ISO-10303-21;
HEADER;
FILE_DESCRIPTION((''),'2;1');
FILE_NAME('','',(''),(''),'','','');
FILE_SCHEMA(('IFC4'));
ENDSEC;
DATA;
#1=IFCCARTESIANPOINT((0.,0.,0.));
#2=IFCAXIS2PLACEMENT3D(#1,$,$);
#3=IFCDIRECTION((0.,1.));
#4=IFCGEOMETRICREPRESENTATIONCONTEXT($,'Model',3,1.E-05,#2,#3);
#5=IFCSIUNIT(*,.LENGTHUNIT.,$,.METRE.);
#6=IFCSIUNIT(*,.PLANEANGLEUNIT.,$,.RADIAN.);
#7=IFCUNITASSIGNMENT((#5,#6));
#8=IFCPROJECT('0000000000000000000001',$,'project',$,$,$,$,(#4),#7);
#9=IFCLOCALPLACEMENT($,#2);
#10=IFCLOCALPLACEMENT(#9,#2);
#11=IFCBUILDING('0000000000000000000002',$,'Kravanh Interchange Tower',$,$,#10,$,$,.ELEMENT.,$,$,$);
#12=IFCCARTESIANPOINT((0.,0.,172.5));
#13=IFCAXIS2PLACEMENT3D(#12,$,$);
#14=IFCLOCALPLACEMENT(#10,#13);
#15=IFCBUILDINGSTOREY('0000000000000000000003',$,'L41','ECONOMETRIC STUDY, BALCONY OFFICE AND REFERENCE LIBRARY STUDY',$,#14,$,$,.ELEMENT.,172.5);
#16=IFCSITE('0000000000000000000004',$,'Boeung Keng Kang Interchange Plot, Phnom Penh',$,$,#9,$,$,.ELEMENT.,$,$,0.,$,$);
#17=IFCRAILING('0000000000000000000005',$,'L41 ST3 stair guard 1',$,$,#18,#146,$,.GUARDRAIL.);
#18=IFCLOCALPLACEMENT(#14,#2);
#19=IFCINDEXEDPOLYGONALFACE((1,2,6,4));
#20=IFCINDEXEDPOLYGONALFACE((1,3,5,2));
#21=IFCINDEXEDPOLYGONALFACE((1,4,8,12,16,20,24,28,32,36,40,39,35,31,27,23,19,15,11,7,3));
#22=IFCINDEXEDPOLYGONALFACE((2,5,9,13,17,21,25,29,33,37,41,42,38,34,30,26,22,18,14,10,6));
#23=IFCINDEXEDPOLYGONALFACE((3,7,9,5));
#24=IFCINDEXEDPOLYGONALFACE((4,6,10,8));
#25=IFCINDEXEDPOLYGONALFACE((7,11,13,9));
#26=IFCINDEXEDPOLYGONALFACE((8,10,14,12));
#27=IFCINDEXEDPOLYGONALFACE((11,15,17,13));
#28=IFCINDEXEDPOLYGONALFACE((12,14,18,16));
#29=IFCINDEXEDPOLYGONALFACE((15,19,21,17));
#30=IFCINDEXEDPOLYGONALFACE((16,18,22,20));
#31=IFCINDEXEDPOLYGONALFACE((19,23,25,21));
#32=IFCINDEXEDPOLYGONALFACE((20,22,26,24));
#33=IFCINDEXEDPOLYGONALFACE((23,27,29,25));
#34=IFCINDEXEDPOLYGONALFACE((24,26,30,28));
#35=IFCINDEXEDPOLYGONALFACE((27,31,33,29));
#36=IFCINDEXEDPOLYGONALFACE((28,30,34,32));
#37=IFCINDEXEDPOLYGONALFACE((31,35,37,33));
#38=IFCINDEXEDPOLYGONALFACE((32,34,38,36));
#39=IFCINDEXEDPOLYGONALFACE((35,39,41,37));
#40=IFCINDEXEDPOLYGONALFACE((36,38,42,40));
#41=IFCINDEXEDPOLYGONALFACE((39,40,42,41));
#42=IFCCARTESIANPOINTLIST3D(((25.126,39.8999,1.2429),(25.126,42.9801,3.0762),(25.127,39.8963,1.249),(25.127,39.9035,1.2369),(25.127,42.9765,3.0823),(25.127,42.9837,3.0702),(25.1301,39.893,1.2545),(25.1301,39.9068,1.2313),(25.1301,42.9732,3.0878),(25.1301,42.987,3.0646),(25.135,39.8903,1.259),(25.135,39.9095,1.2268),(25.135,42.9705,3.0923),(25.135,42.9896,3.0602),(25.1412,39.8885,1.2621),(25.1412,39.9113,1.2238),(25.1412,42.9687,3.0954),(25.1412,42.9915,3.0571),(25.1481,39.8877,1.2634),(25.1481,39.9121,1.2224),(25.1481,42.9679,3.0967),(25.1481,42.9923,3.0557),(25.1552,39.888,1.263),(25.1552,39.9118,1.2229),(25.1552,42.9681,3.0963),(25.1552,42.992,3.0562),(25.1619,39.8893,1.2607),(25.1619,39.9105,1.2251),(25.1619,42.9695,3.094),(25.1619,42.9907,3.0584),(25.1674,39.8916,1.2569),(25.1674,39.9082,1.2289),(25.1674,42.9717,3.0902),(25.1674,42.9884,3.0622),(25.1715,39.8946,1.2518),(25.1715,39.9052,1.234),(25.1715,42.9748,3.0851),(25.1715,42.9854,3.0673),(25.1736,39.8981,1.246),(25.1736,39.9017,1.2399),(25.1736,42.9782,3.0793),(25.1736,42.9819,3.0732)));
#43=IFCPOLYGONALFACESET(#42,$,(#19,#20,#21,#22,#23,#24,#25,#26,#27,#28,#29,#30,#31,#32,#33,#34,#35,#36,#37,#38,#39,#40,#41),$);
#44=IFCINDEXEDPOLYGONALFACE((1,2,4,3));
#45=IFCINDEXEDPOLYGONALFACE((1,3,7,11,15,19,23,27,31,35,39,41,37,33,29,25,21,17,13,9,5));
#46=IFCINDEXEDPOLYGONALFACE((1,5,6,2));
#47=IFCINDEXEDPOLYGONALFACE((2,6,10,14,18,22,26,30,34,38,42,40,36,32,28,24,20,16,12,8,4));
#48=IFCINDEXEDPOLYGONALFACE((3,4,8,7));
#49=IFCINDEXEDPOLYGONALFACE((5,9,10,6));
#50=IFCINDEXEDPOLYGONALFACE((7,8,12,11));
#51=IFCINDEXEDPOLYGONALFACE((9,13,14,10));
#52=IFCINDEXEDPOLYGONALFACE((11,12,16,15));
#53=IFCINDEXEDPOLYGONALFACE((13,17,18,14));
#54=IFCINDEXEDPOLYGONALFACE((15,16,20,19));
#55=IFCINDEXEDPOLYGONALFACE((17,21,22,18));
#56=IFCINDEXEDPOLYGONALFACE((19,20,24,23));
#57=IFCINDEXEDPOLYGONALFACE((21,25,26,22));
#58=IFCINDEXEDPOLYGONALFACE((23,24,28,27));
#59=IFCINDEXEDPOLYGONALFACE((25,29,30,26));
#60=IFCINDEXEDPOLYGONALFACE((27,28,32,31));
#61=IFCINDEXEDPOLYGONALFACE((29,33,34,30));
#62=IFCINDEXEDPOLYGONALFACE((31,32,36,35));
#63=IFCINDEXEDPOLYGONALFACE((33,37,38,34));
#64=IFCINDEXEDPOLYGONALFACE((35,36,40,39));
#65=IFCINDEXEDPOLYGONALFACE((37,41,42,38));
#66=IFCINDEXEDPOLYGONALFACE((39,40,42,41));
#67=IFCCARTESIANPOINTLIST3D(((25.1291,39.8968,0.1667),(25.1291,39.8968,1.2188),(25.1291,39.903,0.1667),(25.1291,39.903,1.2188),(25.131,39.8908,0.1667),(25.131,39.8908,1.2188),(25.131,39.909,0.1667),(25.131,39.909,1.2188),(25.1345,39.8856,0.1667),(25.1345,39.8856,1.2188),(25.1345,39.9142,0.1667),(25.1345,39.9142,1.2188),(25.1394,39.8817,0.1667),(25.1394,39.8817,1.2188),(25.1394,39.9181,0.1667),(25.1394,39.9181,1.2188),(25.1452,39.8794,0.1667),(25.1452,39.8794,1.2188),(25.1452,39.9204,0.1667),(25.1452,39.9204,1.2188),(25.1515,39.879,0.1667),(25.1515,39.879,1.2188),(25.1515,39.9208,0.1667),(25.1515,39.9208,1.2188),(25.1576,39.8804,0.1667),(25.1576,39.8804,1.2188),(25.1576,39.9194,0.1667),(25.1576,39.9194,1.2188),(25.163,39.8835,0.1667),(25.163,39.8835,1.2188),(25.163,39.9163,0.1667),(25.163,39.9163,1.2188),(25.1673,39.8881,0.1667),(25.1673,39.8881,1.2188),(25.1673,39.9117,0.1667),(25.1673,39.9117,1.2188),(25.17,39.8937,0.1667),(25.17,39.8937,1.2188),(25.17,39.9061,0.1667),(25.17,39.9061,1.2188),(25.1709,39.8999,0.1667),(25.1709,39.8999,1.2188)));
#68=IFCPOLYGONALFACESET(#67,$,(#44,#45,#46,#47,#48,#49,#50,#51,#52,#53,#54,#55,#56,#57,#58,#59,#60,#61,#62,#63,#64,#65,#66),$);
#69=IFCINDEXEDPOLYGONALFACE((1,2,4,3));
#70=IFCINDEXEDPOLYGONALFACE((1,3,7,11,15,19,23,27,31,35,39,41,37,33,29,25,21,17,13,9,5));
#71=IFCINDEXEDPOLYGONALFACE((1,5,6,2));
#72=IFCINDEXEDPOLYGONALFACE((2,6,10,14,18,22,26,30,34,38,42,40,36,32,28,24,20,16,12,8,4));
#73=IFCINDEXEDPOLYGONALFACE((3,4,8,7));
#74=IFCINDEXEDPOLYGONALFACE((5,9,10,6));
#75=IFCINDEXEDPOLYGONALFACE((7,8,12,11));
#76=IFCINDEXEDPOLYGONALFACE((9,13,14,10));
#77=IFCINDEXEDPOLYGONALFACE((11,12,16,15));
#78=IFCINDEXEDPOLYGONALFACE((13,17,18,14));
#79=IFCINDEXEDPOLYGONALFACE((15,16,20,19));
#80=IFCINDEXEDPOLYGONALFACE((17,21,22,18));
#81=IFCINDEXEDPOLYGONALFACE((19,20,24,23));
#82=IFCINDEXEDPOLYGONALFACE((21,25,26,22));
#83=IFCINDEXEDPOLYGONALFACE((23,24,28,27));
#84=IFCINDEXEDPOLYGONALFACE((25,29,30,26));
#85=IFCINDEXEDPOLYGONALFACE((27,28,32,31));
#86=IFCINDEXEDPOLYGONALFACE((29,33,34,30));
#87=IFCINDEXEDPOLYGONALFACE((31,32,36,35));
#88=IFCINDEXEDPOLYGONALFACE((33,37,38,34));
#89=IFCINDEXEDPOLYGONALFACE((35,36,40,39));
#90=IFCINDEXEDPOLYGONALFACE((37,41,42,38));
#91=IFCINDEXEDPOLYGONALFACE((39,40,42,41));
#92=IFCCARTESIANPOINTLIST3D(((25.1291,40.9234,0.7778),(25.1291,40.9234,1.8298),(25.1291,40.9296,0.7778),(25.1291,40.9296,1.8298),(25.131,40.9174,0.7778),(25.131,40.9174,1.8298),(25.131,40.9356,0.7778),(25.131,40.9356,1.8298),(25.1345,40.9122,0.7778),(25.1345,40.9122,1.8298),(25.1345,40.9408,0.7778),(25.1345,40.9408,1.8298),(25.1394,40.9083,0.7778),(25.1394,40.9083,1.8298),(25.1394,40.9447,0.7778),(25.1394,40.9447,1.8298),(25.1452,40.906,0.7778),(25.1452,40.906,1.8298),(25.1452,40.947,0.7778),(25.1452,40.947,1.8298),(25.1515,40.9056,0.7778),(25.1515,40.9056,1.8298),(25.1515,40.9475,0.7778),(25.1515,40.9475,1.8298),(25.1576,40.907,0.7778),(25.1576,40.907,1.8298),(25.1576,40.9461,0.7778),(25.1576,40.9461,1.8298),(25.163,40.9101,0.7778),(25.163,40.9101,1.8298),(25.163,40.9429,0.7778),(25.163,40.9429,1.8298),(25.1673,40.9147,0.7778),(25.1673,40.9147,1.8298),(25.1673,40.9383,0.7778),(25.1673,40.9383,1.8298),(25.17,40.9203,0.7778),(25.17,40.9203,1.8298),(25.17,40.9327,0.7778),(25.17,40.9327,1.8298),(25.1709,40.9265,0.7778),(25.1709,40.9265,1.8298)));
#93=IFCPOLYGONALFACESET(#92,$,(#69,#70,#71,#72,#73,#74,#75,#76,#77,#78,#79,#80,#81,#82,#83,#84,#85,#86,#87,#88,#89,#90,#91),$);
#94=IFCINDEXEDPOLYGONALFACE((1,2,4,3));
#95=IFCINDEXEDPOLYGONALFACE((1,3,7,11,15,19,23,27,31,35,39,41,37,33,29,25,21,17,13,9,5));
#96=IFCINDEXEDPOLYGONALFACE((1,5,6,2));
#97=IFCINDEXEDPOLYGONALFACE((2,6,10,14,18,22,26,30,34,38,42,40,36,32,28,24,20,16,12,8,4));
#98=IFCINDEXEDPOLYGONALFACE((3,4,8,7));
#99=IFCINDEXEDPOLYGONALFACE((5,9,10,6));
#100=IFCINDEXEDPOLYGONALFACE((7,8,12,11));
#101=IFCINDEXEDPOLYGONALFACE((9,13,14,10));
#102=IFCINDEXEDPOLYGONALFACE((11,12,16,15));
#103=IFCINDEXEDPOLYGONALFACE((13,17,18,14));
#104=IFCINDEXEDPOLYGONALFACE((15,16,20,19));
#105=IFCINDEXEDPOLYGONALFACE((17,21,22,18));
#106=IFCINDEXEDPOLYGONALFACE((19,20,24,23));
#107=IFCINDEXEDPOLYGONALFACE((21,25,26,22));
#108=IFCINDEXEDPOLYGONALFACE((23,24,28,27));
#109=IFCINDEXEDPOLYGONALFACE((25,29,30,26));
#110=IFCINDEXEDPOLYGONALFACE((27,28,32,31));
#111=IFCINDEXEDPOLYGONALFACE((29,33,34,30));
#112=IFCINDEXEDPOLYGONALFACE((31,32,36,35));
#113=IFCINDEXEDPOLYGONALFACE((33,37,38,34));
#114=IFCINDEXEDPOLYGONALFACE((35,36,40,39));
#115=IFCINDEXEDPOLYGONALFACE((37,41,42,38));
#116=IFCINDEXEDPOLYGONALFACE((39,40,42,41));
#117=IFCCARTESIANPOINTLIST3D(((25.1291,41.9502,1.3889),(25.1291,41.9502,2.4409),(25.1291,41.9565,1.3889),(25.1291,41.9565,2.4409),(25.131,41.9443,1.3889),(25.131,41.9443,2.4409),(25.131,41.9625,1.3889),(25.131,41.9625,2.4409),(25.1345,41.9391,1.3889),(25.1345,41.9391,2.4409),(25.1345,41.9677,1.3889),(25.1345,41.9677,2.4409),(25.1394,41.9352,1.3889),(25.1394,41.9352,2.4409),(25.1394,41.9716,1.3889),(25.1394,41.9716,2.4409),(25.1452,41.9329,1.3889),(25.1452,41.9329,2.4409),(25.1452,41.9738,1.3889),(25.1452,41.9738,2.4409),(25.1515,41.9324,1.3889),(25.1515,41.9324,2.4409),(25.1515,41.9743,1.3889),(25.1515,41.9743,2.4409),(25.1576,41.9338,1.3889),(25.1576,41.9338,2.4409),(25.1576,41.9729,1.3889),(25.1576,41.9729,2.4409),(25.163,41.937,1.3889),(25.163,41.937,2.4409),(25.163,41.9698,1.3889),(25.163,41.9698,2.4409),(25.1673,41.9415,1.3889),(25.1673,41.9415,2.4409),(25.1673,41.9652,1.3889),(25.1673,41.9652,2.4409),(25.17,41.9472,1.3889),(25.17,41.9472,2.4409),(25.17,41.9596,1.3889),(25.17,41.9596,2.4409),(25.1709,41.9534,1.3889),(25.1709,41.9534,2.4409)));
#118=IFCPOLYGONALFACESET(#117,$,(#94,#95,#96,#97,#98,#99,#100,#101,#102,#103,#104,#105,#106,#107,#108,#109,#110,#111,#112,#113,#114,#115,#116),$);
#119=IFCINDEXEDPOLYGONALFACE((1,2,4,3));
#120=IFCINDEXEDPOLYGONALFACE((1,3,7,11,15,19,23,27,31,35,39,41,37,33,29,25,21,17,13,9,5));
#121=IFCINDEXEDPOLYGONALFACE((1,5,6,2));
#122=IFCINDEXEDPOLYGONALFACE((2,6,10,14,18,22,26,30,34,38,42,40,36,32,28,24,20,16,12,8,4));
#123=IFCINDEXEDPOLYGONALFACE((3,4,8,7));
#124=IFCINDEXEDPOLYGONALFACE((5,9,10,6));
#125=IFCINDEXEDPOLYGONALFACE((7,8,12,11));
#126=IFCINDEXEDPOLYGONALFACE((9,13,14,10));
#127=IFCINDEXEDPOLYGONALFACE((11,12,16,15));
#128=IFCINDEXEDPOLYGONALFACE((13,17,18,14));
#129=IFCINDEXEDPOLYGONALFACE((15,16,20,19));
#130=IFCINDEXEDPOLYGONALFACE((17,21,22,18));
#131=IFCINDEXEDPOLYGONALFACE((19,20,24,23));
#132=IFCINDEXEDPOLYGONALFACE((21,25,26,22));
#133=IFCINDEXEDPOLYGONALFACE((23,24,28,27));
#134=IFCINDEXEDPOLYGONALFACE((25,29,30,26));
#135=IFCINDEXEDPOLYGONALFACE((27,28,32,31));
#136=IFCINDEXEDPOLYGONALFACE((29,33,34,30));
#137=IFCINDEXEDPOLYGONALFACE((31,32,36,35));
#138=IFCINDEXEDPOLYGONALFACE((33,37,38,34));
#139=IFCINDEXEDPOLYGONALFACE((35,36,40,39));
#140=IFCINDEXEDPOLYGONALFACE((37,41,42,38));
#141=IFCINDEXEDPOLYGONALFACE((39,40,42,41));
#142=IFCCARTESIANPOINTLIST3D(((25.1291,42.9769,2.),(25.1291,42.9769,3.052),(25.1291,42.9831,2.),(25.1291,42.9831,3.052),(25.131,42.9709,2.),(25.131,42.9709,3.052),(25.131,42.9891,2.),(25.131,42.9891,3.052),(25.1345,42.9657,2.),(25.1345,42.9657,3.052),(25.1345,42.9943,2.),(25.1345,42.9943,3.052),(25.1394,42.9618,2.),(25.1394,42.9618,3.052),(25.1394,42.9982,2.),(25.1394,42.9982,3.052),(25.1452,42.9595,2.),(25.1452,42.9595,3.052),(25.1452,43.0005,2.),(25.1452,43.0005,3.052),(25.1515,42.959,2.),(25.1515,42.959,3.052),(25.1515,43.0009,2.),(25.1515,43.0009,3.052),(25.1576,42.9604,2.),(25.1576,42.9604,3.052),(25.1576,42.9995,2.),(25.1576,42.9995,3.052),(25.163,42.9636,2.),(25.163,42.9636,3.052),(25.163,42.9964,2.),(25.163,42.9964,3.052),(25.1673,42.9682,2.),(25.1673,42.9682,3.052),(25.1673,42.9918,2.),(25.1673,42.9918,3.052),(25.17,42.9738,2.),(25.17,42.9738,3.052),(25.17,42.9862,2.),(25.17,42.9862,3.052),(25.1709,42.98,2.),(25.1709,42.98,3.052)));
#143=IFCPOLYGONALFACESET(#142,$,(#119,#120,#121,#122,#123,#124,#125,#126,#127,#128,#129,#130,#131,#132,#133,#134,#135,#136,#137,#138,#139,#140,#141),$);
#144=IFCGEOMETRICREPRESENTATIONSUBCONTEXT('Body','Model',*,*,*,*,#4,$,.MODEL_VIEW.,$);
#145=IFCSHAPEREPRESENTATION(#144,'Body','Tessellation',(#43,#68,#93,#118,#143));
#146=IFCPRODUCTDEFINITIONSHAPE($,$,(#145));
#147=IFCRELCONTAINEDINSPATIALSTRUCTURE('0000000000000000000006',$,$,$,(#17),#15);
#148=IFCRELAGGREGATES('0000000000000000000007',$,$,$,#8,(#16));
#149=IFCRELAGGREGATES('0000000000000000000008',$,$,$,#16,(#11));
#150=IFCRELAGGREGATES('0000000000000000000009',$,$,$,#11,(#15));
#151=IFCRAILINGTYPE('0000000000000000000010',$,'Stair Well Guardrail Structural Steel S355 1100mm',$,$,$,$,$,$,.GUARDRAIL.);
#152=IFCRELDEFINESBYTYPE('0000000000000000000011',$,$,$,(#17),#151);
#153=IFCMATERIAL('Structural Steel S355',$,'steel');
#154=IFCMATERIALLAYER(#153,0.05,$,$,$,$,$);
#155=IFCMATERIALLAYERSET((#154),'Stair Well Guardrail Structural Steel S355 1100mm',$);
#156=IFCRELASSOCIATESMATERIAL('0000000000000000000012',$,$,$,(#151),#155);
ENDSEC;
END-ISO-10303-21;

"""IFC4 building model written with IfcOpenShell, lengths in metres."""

from ifc_helpers import new_model, si_unit, direction, frame, origin, origin_2d, place, context, subcontext, project, spatial, circle, extrude, material, layer, layer_set, type_object, element, save


model = new_model("IFC4")

# Units and contexts
model_context = context("Model", 3, precision=1e-05, world=origin(), true_north=direction((0.0, 1.0)))
body_context = subcontext(model_context, "Body", "Model", "MODEL_VIEW")
ifc_project = project(units=[si_unit("LENGTHUNIT", "METRE"), si_unit("PLANEANGLEUNIT", "RADIAN")], contexts=[model_context])

# Site, building, storey
site_placement = place(None, origin())
site = spatial("IfcSite", under=ifc_project, at=site_placement, Name="Boeung Keng Kang Interchange Plot, Phnom Penh", CompositionType="ELEMENT", RefElevation=0.0)
building_placement = place(site_placement, origin())
building = spatial("IfcBuilding", under=site, at=building_placement, Name="Kravanh Interchange Tower", CompositionType="ELEMENT")
storey_placement = place(building_placement, frame((0.0, 0.0, 172.5)))
storey = spatial("IfcBuildingStorey", under=building, at=storey_placement, Name="L41", Description="ECONOMETRIC STUDY, BALCONY OFFICE AND REFERENCE LIBRARY STUDY", CompositionType="ELEMENT", Elevation=172.5)

# Railing
ifc_material_1 = material(Name="Structural Steel S355", Category="steel")
ifc_layer_1 = layer(ifc_material_1, 0.05)
ifc_layer_set_1 = layer_set([ifc_layer_1], Name="Stair Well Guardrail Structural Steel S355 1100mm")
railing_type_1 = type_object("IfcRailingType", Name="Stair Well Guardrail Structural Steel S355 1100mm", PredefinedType="GUARDRAIL", material=ifc_layer_set_1)
railing_1_placement = place(storey_placement, frame((25.1499, 39.8999, 0.1667)))
element("IfcRailing", 1, at=railing_1_placement, inside=storey, type_object=railing_type_1, Name="L41 ST3 stair guard 1", PredefinedType="GUARDRAIL", context=body_context, shape_type="SweptSolid", body=[
    extrude(circle(Radius=0.0239, at=origin_2d()), frame((0.0, 0.0, 1.0762), z_axis=(0.0, 0.859309, 0.511458), x_axis=(-1.0, 0.0, 0.0)), (0.0, 0.0, 1.0), 3.5845),
    extrude(circle(Radius=0.021, at=origin_2d()), origin(), (0.0, 0.0, 1.0), 1.052),
    extrude(circle(Radius=0.021, at=origin_2d()), frame((0.0, 1.0266, 0.6111)), (0.0, 0.0, 1.0), 1.052),
    extrude(circle(Radius=0.021, at=origin_2d()), frame((0.0, 2.0535, 1.2222)), (0.0, 0.0, 1.0), 1.052),
    extrude(circle(Radius=0.021, at=origin_2d()), frame((0.0, 3.0801, 1.8333)), (0.0, 0.0, 1.0), 1.052),
])

save(model, "model.ifc")
